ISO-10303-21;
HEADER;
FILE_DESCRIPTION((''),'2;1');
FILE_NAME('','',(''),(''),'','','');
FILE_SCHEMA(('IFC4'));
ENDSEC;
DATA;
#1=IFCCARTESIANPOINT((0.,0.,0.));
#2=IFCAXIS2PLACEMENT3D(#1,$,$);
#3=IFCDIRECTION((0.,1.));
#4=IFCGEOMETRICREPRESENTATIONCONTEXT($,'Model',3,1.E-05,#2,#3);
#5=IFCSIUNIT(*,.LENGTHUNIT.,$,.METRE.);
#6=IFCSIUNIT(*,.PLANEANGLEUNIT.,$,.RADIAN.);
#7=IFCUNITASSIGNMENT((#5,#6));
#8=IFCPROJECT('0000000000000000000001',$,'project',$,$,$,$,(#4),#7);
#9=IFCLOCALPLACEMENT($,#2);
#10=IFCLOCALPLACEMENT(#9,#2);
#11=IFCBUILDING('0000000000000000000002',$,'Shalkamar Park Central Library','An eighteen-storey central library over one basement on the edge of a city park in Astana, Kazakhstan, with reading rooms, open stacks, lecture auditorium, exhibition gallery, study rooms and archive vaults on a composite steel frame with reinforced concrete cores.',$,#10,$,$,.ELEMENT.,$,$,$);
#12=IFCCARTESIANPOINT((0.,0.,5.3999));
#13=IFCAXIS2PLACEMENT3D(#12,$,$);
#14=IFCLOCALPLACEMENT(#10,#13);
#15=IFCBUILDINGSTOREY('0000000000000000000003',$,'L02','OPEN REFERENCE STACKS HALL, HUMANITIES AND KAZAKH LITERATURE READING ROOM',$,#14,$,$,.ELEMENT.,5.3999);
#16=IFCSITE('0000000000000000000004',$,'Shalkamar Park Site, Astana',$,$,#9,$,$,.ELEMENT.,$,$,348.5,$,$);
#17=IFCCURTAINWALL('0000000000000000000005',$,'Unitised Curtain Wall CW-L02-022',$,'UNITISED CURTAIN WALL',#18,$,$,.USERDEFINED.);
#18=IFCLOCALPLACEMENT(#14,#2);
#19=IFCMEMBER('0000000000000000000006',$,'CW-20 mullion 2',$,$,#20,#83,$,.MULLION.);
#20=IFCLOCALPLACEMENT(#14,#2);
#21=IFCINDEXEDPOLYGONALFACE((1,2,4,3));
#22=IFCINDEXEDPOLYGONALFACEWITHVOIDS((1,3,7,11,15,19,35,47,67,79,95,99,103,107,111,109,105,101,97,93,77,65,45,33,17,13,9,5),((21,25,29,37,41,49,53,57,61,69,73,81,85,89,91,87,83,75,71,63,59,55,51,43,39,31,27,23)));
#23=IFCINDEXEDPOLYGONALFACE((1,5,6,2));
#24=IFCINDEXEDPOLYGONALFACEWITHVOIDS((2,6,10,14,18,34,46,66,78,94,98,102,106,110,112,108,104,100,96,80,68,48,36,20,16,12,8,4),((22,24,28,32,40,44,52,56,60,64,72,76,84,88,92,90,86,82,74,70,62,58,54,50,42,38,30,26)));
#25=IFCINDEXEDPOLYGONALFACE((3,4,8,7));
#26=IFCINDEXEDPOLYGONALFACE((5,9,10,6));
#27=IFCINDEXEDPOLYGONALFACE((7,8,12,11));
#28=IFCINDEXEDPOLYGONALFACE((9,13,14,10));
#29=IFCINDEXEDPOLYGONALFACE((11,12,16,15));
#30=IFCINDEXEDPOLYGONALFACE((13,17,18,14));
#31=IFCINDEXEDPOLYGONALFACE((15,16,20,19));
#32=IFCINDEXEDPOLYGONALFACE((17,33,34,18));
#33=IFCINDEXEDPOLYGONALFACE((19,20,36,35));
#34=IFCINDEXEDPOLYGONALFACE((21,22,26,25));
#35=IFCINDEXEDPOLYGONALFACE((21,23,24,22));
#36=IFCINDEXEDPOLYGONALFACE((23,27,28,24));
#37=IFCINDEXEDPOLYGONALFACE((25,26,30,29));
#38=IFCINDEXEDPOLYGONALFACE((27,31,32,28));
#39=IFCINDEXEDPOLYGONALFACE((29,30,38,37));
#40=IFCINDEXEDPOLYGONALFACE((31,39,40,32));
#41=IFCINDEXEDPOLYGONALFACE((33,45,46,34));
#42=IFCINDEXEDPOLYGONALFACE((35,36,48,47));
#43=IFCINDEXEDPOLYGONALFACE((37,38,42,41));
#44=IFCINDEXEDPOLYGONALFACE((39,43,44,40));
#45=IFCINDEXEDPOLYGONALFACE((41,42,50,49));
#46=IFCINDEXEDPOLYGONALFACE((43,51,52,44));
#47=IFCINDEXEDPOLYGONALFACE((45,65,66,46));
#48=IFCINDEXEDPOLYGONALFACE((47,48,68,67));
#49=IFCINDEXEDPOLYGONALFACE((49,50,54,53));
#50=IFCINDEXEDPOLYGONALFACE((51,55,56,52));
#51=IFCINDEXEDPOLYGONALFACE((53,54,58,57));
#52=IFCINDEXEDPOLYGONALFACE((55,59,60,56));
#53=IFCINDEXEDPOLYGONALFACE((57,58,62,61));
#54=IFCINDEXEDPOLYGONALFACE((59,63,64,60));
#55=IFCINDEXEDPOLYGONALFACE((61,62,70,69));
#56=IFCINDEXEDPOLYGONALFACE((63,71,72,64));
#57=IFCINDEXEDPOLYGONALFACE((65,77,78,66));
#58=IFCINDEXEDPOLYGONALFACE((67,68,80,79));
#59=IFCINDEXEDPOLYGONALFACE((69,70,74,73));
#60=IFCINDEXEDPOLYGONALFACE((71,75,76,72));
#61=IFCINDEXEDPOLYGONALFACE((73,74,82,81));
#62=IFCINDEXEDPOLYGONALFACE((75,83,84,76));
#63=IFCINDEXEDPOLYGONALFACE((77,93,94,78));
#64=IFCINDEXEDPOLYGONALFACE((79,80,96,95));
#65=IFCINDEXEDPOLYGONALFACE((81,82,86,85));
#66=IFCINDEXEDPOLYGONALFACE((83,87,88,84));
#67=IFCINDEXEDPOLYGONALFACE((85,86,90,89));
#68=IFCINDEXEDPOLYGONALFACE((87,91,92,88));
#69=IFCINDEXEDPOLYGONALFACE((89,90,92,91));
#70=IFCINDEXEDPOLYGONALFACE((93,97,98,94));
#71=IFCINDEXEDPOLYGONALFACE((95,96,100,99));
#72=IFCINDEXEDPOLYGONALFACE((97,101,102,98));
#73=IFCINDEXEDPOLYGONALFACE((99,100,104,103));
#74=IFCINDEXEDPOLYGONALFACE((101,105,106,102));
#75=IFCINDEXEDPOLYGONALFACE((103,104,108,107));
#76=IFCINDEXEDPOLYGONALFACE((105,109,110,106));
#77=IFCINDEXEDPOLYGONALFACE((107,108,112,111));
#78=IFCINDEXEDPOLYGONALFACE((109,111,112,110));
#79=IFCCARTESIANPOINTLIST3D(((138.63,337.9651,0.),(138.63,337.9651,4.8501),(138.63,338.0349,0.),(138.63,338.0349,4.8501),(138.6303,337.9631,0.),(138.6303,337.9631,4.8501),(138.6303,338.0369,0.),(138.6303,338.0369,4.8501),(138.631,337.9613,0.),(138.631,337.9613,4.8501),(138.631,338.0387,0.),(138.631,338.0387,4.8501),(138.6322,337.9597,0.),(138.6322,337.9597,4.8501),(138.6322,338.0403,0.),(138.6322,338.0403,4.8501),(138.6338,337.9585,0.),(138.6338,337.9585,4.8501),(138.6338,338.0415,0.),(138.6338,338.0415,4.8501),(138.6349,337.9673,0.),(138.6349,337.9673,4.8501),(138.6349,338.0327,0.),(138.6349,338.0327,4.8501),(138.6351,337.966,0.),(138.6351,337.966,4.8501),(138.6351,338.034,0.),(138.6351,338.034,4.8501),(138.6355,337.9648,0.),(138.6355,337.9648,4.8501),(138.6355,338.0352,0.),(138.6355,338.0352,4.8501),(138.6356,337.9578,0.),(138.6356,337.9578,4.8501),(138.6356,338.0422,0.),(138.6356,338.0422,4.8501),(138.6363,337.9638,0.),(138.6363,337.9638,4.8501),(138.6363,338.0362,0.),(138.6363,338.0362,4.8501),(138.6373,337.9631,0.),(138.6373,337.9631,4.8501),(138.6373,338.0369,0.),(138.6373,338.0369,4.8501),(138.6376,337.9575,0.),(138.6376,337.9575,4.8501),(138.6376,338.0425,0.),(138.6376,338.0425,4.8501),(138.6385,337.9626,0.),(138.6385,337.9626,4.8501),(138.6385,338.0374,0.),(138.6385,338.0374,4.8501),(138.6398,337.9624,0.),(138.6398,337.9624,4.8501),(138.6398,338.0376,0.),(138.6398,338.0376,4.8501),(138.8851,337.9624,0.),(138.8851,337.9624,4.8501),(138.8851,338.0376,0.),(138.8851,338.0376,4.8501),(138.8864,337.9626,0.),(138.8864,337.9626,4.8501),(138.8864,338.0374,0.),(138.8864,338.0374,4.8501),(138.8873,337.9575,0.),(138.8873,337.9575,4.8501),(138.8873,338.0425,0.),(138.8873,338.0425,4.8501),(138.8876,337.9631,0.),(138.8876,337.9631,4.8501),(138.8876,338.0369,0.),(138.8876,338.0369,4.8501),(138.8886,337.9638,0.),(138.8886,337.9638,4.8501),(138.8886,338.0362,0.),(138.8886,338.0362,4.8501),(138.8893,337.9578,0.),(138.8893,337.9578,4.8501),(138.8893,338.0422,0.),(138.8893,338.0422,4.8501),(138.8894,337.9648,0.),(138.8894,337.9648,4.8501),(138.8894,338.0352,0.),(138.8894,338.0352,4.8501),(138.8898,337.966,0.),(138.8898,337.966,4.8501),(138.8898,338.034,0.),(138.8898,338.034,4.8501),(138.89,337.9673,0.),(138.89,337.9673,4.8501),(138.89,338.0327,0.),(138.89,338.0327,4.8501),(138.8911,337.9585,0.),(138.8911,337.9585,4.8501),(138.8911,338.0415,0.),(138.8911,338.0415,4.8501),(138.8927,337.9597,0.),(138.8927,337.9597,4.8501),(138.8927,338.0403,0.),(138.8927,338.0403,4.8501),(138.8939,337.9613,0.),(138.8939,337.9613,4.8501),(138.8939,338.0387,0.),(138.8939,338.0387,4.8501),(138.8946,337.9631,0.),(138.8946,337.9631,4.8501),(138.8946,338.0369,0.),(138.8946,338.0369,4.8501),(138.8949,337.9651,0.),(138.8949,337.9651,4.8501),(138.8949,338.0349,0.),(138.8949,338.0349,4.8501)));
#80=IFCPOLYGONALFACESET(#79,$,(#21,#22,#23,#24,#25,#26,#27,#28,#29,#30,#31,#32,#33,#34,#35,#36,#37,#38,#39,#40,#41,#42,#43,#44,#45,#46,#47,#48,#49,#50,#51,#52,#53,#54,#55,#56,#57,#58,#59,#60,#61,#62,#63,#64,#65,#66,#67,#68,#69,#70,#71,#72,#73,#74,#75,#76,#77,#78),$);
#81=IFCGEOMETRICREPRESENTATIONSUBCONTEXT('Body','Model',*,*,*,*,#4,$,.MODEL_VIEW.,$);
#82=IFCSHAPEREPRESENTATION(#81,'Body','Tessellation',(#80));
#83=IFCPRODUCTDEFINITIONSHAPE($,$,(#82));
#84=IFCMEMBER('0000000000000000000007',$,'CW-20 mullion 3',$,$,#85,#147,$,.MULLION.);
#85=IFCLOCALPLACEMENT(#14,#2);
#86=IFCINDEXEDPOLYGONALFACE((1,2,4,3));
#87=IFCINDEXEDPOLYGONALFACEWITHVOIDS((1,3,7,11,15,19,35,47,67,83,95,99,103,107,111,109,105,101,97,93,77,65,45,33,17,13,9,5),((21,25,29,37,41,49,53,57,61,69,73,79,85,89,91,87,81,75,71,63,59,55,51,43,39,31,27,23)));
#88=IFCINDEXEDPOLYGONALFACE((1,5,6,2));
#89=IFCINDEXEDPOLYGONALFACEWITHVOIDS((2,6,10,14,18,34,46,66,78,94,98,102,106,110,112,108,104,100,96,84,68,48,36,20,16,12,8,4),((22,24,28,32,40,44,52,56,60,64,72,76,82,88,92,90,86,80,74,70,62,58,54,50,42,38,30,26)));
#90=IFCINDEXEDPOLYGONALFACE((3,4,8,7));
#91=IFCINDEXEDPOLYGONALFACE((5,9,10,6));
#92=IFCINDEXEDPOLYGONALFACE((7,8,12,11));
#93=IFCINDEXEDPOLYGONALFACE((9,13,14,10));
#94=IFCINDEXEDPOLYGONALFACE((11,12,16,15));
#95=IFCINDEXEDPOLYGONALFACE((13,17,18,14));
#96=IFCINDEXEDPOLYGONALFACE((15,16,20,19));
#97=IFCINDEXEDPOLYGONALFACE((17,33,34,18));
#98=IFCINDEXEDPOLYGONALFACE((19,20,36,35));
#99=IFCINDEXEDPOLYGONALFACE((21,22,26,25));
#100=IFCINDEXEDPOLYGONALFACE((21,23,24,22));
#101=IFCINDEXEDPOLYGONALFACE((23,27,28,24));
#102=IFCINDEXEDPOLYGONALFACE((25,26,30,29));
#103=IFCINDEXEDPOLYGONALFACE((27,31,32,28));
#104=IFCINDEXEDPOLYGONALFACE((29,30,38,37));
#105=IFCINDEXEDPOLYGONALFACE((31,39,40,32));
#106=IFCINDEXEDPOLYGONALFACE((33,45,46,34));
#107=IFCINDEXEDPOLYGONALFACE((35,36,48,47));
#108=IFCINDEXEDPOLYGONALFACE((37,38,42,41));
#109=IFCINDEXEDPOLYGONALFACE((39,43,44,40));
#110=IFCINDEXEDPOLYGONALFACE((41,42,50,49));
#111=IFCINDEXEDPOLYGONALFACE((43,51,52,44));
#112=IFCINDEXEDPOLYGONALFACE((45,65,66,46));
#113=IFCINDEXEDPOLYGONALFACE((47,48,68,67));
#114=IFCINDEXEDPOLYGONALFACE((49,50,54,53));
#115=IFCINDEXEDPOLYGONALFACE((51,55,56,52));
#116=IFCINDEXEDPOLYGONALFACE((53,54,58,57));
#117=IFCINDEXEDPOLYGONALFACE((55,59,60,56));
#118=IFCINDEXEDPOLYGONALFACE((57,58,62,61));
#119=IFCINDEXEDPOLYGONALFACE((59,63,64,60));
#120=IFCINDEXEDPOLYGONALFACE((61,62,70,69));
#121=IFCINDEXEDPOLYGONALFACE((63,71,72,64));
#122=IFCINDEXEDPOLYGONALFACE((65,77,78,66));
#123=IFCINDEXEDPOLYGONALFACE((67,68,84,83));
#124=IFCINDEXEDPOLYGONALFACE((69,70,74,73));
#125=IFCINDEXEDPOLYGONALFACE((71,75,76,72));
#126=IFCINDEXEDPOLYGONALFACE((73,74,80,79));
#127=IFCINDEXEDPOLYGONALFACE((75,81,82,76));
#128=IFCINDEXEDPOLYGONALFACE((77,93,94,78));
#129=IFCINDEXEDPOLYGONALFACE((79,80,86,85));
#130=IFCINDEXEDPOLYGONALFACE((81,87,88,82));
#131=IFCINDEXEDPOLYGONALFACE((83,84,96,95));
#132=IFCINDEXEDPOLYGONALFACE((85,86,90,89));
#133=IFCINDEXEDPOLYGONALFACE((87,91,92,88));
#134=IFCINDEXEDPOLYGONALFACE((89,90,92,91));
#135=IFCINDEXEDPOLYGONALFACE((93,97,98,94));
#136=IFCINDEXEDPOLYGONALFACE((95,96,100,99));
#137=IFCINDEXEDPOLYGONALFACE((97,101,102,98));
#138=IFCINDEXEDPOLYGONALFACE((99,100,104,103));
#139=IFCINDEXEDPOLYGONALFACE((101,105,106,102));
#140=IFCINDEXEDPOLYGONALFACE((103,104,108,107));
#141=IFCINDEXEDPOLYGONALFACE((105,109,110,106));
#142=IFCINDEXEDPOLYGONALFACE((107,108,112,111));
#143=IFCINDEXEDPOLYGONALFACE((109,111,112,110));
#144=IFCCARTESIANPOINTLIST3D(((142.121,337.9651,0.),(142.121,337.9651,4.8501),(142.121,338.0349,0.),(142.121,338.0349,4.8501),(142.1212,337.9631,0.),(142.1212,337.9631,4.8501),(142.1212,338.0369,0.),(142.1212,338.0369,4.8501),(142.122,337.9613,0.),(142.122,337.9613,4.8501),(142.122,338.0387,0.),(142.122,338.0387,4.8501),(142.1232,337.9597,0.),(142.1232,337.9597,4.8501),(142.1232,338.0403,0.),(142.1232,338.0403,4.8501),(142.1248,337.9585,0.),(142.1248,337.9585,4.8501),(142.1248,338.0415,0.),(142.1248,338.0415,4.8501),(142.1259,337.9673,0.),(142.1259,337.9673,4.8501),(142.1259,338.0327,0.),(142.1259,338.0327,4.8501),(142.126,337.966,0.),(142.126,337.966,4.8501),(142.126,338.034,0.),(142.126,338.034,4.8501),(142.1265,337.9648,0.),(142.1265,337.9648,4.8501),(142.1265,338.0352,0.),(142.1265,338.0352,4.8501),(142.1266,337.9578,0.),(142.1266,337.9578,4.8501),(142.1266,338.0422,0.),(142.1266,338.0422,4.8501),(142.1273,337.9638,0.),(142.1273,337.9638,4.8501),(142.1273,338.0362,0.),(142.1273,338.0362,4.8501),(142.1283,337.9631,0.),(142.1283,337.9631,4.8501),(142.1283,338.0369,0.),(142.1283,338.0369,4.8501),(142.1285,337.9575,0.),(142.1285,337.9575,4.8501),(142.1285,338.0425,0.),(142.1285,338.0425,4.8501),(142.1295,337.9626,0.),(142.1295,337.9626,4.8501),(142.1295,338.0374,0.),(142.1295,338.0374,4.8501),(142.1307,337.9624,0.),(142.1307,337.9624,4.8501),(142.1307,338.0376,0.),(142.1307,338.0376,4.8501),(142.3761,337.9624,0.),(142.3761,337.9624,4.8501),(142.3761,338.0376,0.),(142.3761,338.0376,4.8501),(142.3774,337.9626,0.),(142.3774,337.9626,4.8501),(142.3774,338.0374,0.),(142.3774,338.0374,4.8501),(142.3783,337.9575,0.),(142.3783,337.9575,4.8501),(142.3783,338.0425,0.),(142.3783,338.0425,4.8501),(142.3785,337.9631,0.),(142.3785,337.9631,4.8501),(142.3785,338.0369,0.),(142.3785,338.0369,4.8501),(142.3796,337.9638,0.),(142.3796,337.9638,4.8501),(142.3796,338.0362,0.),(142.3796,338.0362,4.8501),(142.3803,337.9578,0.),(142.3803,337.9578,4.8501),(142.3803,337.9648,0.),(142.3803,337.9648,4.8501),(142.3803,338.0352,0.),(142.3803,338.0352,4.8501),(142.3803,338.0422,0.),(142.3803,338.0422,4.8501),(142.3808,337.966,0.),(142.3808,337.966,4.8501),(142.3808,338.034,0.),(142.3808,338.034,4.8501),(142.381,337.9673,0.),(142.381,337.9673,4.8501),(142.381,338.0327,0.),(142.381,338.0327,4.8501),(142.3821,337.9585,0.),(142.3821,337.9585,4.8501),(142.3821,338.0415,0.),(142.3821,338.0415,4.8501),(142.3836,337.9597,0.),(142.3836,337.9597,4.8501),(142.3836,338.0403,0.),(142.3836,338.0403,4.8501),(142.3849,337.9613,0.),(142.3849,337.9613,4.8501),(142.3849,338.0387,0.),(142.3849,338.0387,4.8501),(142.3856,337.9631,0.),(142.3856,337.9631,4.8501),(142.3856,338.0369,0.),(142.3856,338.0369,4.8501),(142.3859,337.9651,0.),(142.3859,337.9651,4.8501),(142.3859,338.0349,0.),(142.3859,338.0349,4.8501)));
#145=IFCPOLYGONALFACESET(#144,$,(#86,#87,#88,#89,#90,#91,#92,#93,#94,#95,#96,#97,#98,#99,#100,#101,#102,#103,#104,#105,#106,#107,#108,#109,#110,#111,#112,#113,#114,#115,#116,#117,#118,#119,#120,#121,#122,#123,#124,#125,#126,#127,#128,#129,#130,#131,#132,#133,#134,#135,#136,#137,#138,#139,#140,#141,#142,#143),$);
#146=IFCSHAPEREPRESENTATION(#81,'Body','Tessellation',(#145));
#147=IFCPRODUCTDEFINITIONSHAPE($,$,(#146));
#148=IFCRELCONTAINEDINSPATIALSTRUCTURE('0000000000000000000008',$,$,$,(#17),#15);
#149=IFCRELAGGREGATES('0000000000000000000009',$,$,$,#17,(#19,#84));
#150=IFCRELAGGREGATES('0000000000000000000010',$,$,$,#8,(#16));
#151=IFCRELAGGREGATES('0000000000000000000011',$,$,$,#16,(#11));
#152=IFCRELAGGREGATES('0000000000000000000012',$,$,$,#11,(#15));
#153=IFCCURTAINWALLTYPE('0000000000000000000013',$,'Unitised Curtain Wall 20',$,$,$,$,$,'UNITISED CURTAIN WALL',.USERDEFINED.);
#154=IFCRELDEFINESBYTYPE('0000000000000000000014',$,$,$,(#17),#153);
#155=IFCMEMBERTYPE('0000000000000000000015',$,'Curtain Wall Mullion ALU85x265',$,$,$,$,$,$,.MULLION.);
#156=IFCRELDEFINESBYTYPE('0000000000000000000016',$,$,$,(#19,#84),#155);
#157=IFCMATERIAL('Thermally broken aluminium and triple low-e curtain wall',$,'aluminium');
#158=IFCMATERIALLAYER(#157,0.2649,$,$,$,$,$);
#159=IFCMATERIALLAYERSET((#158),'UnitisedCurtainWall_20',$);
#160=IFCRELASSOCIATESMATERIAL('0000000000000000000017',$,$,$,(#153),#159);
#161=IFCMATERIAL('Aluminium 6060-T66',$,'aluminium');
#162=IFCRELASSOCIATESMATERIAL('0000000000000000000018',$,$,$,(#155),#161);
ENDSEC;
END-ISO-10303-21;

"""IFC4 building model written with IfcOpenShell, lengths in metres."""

from ifc_helpers import new_model, si_unit, direction, frame, origin, origin_2d, place, context, subcontext, project, spatial, hollow_rectangle, extrude, material, layer, layer_set, material_profile, profile_set, type_object, element, aggregate, save


model = new_model("IFC4")

# Units and contexts
model_context = context("Model", 3, precision=1e-05, world=origin(), true_north=direction((0.0, 1.0)))
body_context = subcontext(model_context, "Body", "Model", "MODEL_VIEW")
ifc_project = project(units=[si_unit("LENGTHUNIT", "METRE"), si_unit("PLANEANGLEUNIT", "RADIAN")], contexts=[model_context])

# Site, building, storey
site_placement = place(None, origin())
site = spatial("IfcSite", under=ifc_project, at=site_placement, Name="Shalkamar Park Site, Astana", CompositionType="ELEMENT", RefElevation=348.5)
building_placement = place(site_placement, origin())
building = spatial("IfcBuilding", under=site, at=building_placement, Name="Shalkamar Park Central Library", Description="An eighteen-storey central library over one basement on the edge of a city park in Astana, Kazakhstan, with reading rooms, open stacks, lecture auditorium, exhibition gallery, study rooms and archive vaults on a composite steel frame with reinforced concrete cores.", CompositionType="ELEMENT")
storey_placement = place(building_placement, frame((0.0, 0.0, 5.3999)))
storey = spatial("IfcBuildingStorey", under=building, at=storey_placement, Name="L02", Description="OPEN REFERENCE STACKS HALL, HUMANITIES AND KAZAKH LITERATURE READING ROOM", CompositionType="ELEMENT", Elevation=5.3999)

# Curtain wall, members
ifc_material_1 = material(Name="Thermally broken aluminium and triple low-e curtain wall", Category="aluminium")
ifc_layer_1 = layer(ifc_material_1, 0.2649)
ifc_layer_set_1 = layer_set([ifc_layer_1], Name="UnitisedCurtainWall_20")
curtain_wall_type_1 = type_object("IfcCurtainWallType", Name="Unitised Curtain Wall 20", ElementType="UNITISED CURTAIN WALL", PredefinedType="USERDEFINED", material=ifc_layer_set_1)
curtain_wall_1_placement = place(storey_placement, origin())
curtain_wall_1 = element("IfcCurtainWall", 1, at=curtain_wall_1_placement, inside=storey, type_object=curtain_wall_type_1, Name="Unitised Curtain Wall CW-L02-022", ObjectType="UNITISED CURTAIN WALL", PredefinedType="USERDEFINED")
ifc_material_2 = material(Name="Aluminium 6060-T66", Category="aluminium")
ifc_material_profile_1 = material_profile(ifc_material_2, hollow_rectangle(XDim=0.085, YDim=0.2649, WallThickness=0.0049, InnerFilletRadius=0.0049, OuterFilletRadius=0.0076, at=origin_2d()), Name="ALU 85x265x5")
ifc_profile_set_1 = profile_set([ifc_material_profile_1], Name="Aluminium 6060-T66")
member_type_1 = type_object("IfcMemberType", Name="Curtain Wall Mullion ALU85x265", PredefinedType="MULLION", material=ifc_profile_set_1)
member_1_placement = place(storey_placement, frame((138.7625, 338.0, 0.0), z_axis=(0.0, 0.0, 1.0), x_axis=(0.0, 1.0, 0.0)))
member_1 = element("IfcMember", 2, at=member_1_placement, type_object=member_type_1, Name="CW-20 mullion 2", PredefinedType="MULLION", context=body_context, shape_type="SweptSolid", body=[
    extrude(hollow_rectangle(XDim=0.085, YDim=0.2649, WallThickness=0.0049, InnerFilletRadius=0.0049, OuterFilletRadius=0.0076, at=origin_2d()), origin(), (0.0, 0.0, 1.0), 4.8501),
])
member_2_placement = place(storey_placement, frame((142.2534, 338.0, 0.0), z_axis=(0.0, 0.0, 1.0), x_axis=(0.0, 1.0, 0.0)))
member_2 = element("IfcMember", 3, at=member_2_placement, type_object=member_type_1, Name="CW-20 mullion 3", PredefinedType="MULLION", context=body_context, shape_type="SweptSolid", body=[
    extrude(hollow_rectangle(XDim=0.085, YDim=0.2649, WallThickness=0.0049, InnerFilletRadius=0.0049, OuterFilletRadius=0.0076, at=origin_2d()), origin(), (0.0, 0.0, 1.0), 4.8501),
])

aggregate(curtain_wall_1, [member_1, member_2])

save(model, "model.ifc")
